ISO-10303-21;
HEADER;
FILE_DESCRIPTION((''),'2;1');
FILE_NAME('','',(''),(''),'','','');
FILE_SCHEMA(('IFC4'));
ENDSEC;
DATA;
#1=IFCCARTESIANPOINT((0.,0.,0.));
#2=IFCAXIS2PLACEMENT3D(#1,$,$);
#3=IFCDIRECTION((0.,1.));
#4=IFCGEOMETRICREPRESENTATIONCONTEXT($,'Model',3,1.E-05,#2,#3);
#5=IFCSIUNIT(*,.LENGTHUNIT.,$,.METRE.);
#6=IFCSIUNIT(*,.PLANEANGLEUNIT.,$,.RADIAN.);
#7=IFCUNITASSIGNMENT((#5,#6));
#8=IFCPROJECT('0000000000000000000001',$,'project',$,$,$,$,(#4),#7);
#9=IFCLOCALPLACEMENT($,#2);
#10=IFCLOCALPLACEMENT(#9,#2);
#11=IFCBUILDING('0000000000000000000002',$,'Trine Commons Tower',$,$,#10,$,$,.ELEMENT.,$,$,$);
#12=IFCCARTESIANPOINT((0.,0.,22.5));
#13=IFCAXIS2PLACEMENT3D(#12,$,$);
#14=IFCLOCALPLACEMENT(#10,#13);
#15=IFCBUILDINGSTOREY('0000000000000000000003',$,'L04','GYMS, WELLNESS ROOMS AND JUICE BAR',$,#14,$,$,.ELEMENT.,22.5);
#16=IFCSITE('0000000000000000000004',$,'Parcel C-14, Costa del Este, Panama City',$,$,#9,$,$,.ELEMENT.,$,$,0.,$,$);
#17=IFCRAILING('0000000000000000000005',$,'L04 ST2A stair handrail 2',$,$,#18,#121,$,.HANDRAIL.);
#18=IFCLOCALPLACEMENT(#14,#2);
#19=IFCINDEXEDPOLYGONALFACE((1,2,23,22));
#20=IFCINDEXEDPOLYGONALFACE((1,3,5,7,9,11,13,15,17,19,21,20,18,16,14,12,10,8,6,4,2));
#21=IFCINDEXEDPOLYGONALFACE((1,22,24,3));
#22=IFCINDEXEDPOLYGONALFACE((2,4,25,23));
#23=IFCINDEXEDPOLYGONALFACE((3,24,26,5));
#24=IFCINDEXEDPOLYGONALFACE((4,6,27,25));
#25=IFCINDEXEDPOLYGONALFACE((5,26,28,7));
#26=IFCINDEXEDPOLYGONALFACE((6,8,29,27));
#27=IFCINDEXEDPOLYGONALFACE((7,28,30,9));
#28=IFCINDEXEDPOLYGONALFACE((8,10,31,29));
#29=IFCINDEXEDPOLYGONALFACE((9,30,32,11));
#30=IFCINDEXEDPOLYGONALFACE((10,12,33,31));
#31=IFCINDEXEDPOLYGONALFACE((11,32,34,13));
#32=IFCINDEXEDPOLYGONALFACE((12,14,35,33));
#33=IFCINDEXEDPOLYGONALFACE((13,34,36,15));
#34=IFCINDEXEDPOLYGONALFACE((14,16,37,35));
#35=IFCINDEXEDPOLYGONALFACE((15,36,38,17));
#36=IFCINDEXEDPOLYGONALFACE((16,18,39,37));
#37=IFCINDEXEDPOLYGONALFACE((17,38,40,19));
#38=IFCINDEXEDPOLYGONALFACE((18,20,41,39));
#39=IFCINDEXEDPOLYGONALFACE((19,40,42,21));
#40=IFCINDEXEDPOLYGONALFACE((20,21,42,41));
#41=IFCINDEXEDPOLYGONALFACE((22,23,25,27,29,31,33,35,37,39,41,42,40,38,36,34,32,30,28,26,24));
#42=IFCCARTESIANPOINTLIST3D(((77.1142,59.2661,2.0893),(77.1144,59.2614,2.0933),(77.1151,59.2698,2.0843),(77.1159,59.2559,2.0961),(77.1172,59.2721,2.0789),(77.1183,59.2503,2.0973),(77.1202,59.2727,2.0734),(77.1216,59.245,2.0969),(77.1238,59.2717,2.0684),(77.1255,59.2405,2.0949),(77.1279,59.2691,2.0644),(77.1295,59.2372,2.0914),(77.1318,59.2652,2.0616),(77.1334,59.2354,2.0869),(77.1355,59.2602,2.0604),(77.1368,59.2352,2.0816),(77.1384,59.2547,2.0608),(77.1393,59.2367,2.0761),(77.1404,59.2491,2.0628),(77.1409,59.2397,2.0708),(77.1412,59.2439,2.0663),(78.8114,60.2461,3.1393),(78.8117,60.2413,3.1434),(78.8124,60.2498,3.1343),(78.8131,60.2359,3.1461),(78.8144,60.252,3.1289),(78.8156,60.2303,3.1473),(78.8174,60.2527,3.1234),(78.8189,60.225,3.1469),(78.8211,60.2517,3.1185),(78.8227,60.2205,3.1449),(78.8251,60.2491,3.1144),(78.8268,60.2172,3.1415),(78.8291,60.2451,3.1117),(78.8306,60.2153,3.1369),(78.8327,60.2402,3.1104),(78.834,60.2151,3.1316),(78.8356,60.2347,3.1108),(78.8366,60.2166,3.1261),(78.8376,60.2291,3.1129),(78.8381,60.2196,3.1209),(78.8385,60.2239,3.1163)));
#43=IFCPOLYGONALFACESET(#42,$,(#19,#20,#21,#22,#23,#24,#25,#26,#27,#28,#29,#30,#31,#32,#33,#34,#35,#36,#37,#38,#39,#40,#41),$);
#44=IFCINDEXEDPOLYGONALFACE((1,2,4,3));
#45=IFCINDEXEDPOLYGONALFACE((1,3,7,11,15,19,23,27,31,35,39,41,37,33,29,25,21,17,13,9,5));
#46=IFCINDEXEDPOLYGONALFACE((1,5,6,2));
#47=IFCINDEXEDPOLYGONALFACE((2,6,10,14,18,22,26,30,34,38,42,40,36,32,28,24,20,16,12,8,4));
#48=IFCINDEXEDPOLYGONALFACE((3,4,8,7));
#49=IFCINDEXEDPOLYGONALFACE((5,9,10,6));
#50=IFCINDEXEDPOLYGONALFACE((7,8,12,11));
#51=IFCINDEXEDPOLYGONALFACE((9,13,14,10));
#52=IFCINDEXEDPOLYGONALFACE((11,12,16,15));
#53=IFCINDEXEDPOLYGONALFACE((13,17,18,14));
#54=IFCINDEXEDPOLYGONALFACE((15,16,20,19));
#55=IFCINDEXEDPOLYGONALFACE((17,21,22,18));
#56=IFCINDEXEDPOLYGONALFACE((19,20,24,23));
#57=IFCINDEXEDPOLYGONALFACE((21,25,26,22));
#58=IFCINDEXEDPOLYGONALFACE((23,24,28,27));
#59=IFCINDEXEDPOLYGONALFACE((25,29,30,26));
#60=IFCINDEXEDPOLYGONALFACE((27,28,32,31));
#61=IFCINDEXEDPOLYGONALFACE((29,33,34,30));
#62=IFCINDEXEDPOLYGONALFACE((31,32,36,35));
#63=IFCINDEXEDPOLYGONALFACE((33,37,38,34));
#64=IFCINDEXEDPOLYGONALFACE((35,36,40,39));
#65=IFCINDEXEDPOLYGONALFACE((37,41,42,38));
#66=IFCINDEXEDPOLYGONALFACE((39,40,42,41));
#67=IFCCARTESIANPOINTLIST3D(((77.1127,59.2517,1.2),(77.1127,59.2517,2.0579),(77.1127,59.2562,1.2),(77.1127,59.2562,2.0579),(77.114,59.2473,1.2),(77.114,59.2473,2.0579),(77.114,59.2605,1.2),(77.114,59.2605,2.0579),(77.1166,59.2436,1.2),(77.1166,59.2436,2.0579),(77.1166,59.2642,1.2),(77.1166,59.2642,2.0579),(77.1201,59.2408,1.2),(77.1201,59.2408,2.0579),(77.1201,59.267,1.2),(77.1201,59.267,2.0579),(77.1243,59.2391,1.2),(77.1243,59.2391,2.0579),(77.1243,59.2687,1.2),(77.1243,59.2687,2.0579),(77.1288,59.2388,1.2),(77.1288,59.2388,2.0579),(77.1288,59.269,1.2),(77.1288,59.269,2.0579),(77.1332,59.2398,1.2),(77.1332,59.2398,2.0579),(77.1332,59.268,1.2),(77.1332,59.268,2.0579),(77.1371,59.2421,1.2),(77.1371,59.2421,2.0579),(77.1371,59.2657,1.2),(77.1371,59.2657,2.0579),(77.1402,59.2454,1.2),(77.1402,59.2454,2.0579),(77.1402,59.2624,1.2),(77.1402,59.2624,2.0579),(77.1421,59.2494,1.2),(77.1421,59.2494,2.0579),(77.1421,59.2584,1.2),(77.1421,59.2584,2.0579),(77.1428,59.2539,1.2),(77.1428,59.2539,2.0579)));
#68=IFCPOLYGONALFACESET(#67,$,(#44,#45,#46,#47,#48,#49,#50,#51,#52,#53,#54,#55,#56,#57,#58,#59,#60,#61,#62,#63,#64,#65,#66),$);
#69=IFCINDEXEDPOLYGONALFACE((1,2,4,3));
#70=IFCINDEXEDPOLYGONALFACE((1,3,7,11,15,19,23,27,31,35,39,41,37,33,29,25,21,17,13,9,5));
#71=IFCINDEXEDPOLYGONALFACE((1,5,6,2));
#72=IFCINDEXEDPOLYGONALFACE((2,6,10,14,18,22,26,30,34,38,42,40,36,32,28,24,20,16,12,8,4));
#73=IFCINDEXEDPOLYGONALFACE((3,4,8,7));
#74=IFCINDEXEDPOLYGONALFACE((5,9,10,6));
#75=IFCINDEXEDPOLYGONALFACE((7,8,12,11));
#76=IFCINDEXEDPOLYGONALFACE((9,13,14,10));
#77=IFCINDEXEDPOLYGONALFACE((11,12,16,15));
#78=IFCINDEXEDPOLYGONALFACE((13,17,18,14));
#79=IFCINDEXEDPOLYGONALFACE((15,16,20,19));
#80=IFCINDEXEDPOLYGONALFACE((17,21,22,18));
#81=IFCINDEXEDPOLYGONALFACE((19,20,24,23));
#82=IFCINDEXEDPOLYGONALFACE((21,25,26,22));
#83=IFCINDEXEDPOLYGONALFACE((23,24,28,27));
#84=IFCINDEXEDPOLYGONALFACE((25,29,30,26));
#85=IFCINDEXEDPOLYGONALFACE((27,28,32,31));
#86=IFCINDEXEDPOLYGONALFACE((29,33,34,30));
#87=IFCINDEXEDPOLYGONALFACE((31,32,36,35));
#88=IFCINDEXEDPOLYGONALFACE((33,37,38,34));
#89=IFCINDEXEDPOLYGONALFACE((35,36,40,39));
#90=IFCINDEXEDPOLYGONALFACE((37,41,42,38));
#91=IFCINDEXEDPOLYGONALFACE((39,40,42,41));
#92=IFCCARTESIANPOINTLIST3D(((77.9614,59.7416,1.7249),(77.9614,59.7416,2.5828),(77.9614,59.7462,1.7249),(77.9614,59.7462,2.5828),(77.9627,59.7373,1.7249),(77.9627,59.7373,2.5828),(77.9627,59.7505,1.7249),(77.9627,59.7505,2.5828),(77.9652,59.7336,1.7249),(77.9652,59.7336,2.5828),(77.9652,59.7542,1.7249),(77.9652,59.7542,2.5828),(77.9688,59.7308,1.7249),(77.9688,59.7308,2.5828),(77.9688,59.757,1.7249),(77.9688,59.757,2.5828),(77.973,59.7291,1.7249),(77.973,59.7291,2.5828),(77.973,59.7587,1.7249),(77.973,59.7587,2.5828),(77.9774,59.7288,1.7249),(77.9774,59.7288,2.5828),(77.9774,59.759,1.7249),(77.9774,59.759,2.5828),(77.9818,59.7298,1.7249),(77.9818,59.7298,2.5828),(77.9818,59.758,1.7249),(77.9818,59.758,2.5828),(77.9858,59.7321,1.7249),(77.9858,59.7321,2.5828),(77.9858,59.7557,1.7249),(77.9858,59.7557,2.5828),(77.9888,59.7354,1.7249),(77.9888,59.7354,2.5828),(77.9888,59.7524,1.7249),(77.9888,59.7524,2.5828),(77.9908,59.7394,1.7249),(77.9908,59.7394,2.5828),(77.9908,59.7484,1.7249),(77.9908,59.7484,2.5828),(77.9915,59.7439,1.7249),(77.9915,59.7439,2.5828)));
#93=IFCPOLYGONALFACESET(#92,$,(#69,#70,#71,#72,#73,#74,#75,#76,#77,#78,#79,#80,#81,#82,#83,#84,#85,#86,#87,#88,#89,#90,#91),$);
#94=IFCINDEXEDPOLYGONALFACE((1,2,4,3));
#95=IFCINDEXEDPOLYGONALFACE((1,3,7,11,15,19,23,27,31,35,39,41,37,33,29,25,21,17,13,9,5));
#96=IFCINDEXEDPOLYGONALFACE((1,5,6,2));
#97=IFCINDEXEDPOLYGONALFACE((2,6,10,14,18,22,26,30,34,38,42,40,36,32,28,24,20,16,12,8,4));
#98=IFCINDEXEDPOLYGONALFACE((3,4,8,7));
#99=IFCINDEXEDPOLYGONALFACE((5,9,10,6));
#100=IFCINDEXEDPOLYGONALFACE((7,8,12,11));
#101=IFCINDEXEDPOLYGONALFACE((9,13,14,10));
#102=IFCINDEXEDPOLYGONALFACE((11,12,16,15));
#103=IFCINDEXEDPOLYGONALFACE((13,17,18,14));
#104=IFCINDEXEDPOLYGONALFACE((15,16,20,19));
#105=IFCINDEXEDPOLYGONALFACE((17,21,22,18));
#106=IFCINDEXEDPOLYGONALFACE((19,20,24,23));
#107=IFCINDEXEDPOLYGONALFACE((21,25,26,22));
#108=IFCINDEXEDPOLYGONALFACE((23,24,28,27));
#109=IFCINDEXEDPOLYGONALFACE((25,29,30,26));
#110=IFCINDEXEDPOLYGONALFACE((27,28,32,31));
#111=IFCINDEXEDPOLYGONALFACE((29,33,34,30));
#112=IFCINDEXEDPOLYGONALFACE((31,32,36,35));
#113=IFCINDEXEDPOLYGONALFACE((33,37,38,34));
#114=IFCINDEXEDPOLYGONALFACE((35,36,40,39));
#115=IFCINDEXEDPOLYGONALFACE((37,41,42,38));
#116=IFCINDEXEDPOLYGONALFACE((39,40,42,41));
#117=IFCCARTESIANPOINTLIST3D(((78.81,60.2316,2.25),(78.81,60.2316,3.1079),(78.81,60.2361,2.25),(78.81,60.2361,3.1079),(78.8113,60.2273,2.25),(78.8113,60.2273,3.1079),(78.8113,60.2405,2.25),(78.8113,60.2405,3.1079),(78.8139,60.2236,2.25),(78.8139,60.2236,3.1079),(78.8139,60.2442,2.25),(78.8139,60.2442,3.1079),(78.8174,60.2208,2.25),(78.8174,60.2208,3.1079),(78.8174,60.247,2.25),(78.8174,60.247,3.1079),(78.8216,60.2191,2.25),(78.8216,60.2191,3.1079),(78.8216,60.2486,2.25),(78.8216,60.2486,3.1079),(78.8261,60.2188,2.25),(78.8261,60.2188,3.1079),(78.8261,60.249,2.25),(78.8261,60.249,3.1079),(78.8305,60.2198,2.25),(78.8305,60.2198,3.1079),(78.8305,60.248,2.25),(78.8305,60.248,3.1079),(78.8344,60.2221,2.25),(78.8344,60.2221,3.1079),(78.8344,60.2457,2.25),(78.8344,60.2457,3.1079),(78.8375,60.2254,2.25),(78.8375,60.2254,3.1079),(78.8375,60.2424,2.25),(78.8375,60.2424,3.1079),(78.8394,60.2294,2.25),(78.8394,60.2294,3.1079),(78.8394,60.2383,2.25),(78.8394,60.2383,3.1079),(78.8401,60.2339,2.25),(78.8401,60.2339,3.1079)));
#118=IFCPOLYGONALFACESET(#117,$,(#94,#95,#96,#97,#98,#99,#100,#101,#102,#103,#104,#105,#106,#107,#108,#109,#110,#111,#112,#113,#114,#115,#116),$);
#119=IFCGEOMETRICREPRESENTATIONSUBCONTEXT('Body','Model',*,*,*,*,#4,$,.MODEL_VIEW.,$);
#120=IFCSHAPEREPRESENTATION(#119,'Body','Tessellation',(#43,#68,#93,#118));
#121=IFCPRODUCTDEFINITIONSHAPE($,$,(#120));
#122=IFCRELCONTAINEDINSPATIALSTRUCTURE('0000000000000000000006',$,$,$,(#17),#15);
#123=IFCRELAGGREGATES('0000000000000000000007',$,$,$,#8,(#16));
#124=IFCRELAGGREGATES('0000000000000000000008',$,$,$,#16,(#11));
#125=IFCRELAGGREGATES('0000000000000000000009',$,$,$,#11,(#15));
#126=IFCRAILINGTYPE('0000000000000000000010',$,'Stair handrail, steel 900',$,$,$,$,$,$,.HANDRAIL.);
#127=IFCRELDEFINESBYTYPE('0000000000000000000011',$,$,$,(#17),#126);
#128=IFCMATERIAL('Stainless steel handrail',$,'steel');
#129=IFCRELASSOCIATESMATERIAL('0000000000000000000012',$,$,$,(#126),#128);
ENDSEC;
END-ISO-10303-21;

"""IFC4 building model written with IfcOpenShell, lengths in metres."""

from ifc_helpers import new_model, si_unit, direction, frame, origin, origin_2d, place, context, subcontext, project, spatial, circle, extrude, material, type_object, element, save


model = new_model("IFC4")

# Units and contexts
model_context = context("Model", 3, precision=1e-05, world=origin(), true_north=direction((0.0, 1.0)))
body_context = subcontext(model_context, "Body", "Model", "MODEL_VIEW")
ifc_project = project(units=[si_unit("LENGTHUNIT", "METRE"), si_unit("PLANEANGLEUNIT", "RADIAN")], contexts=[model_context])

# Site, building, storey
site_placement = place(None, origin())
site = spatial("IfcSite", under=ifc_project, at=site_placement, Name="Parcel C-14, Costa del Este, Panama City", CompositionType="ELEMENT", RefElevation=0.0)
building_placement = place(site_placement, origin())
building = spatial("IfcBuilding", under=site, at=building_placement, Name="Trine Commons Tower", CompositionType="ELEMENT")
storey_placement = place(building_placement, frame((0.0, 0.0, 22.5)))
storey = spatial("IfcBuildingStorey", under=building, at=storey_placement, Name="L04", Description="GYMS, WELLNESS ROOMS AND JUICE BAR", CompositionType="ELEMENT", Elevation=22.5)

# Railing
ifc_material_1 = material(Name="Stainless steel handrail", Category="steel")
railing_type = type_object("IfcRailingType", Name="Stair handrail, steel 900", PredefinedType="HANDRAIL", material=ifc_material_1)
railing_1_placement = place(storey_placement, frame((77.1277, 59.2539, 1.2)))
element("IfcRailing", 1, at=railing_1_placement, inside=storey, type_object=railing_type, Name="L04 ST2A stair handrail 2", PredefinedType="HANDRAIL", context=body_context, shape_type="SweptSolid", body=[
    extrude(circle(Radius=0.021, at=origin_2d()), frame((0.0, 0.0, 0.8789), z_axis=(0.763352, 0.44075, 0.472264), x_axis=(-0.500024, 0.866011, 0.0)), (0.0, 0.0, 1.0), 2.2234),
    extrude(circle(Radius=0.0151, at=origin_2d()), origin(), (0.0, 0.0, 1.0), 0.8579),
    extrude(circle(Radius=0.0151, at=origin_2d()), frame((0.8486, 0.49, 0.5249)), (0.0, 0.0, 1.0), 0.8579),
    extrude(circle(Radius=0.0151, at=origin_2d()), frame((1.6973, 0.98, 1.05)), (0.0, 0.0, 1.0), 0.8579),
])

save(model, "model.ifc")
